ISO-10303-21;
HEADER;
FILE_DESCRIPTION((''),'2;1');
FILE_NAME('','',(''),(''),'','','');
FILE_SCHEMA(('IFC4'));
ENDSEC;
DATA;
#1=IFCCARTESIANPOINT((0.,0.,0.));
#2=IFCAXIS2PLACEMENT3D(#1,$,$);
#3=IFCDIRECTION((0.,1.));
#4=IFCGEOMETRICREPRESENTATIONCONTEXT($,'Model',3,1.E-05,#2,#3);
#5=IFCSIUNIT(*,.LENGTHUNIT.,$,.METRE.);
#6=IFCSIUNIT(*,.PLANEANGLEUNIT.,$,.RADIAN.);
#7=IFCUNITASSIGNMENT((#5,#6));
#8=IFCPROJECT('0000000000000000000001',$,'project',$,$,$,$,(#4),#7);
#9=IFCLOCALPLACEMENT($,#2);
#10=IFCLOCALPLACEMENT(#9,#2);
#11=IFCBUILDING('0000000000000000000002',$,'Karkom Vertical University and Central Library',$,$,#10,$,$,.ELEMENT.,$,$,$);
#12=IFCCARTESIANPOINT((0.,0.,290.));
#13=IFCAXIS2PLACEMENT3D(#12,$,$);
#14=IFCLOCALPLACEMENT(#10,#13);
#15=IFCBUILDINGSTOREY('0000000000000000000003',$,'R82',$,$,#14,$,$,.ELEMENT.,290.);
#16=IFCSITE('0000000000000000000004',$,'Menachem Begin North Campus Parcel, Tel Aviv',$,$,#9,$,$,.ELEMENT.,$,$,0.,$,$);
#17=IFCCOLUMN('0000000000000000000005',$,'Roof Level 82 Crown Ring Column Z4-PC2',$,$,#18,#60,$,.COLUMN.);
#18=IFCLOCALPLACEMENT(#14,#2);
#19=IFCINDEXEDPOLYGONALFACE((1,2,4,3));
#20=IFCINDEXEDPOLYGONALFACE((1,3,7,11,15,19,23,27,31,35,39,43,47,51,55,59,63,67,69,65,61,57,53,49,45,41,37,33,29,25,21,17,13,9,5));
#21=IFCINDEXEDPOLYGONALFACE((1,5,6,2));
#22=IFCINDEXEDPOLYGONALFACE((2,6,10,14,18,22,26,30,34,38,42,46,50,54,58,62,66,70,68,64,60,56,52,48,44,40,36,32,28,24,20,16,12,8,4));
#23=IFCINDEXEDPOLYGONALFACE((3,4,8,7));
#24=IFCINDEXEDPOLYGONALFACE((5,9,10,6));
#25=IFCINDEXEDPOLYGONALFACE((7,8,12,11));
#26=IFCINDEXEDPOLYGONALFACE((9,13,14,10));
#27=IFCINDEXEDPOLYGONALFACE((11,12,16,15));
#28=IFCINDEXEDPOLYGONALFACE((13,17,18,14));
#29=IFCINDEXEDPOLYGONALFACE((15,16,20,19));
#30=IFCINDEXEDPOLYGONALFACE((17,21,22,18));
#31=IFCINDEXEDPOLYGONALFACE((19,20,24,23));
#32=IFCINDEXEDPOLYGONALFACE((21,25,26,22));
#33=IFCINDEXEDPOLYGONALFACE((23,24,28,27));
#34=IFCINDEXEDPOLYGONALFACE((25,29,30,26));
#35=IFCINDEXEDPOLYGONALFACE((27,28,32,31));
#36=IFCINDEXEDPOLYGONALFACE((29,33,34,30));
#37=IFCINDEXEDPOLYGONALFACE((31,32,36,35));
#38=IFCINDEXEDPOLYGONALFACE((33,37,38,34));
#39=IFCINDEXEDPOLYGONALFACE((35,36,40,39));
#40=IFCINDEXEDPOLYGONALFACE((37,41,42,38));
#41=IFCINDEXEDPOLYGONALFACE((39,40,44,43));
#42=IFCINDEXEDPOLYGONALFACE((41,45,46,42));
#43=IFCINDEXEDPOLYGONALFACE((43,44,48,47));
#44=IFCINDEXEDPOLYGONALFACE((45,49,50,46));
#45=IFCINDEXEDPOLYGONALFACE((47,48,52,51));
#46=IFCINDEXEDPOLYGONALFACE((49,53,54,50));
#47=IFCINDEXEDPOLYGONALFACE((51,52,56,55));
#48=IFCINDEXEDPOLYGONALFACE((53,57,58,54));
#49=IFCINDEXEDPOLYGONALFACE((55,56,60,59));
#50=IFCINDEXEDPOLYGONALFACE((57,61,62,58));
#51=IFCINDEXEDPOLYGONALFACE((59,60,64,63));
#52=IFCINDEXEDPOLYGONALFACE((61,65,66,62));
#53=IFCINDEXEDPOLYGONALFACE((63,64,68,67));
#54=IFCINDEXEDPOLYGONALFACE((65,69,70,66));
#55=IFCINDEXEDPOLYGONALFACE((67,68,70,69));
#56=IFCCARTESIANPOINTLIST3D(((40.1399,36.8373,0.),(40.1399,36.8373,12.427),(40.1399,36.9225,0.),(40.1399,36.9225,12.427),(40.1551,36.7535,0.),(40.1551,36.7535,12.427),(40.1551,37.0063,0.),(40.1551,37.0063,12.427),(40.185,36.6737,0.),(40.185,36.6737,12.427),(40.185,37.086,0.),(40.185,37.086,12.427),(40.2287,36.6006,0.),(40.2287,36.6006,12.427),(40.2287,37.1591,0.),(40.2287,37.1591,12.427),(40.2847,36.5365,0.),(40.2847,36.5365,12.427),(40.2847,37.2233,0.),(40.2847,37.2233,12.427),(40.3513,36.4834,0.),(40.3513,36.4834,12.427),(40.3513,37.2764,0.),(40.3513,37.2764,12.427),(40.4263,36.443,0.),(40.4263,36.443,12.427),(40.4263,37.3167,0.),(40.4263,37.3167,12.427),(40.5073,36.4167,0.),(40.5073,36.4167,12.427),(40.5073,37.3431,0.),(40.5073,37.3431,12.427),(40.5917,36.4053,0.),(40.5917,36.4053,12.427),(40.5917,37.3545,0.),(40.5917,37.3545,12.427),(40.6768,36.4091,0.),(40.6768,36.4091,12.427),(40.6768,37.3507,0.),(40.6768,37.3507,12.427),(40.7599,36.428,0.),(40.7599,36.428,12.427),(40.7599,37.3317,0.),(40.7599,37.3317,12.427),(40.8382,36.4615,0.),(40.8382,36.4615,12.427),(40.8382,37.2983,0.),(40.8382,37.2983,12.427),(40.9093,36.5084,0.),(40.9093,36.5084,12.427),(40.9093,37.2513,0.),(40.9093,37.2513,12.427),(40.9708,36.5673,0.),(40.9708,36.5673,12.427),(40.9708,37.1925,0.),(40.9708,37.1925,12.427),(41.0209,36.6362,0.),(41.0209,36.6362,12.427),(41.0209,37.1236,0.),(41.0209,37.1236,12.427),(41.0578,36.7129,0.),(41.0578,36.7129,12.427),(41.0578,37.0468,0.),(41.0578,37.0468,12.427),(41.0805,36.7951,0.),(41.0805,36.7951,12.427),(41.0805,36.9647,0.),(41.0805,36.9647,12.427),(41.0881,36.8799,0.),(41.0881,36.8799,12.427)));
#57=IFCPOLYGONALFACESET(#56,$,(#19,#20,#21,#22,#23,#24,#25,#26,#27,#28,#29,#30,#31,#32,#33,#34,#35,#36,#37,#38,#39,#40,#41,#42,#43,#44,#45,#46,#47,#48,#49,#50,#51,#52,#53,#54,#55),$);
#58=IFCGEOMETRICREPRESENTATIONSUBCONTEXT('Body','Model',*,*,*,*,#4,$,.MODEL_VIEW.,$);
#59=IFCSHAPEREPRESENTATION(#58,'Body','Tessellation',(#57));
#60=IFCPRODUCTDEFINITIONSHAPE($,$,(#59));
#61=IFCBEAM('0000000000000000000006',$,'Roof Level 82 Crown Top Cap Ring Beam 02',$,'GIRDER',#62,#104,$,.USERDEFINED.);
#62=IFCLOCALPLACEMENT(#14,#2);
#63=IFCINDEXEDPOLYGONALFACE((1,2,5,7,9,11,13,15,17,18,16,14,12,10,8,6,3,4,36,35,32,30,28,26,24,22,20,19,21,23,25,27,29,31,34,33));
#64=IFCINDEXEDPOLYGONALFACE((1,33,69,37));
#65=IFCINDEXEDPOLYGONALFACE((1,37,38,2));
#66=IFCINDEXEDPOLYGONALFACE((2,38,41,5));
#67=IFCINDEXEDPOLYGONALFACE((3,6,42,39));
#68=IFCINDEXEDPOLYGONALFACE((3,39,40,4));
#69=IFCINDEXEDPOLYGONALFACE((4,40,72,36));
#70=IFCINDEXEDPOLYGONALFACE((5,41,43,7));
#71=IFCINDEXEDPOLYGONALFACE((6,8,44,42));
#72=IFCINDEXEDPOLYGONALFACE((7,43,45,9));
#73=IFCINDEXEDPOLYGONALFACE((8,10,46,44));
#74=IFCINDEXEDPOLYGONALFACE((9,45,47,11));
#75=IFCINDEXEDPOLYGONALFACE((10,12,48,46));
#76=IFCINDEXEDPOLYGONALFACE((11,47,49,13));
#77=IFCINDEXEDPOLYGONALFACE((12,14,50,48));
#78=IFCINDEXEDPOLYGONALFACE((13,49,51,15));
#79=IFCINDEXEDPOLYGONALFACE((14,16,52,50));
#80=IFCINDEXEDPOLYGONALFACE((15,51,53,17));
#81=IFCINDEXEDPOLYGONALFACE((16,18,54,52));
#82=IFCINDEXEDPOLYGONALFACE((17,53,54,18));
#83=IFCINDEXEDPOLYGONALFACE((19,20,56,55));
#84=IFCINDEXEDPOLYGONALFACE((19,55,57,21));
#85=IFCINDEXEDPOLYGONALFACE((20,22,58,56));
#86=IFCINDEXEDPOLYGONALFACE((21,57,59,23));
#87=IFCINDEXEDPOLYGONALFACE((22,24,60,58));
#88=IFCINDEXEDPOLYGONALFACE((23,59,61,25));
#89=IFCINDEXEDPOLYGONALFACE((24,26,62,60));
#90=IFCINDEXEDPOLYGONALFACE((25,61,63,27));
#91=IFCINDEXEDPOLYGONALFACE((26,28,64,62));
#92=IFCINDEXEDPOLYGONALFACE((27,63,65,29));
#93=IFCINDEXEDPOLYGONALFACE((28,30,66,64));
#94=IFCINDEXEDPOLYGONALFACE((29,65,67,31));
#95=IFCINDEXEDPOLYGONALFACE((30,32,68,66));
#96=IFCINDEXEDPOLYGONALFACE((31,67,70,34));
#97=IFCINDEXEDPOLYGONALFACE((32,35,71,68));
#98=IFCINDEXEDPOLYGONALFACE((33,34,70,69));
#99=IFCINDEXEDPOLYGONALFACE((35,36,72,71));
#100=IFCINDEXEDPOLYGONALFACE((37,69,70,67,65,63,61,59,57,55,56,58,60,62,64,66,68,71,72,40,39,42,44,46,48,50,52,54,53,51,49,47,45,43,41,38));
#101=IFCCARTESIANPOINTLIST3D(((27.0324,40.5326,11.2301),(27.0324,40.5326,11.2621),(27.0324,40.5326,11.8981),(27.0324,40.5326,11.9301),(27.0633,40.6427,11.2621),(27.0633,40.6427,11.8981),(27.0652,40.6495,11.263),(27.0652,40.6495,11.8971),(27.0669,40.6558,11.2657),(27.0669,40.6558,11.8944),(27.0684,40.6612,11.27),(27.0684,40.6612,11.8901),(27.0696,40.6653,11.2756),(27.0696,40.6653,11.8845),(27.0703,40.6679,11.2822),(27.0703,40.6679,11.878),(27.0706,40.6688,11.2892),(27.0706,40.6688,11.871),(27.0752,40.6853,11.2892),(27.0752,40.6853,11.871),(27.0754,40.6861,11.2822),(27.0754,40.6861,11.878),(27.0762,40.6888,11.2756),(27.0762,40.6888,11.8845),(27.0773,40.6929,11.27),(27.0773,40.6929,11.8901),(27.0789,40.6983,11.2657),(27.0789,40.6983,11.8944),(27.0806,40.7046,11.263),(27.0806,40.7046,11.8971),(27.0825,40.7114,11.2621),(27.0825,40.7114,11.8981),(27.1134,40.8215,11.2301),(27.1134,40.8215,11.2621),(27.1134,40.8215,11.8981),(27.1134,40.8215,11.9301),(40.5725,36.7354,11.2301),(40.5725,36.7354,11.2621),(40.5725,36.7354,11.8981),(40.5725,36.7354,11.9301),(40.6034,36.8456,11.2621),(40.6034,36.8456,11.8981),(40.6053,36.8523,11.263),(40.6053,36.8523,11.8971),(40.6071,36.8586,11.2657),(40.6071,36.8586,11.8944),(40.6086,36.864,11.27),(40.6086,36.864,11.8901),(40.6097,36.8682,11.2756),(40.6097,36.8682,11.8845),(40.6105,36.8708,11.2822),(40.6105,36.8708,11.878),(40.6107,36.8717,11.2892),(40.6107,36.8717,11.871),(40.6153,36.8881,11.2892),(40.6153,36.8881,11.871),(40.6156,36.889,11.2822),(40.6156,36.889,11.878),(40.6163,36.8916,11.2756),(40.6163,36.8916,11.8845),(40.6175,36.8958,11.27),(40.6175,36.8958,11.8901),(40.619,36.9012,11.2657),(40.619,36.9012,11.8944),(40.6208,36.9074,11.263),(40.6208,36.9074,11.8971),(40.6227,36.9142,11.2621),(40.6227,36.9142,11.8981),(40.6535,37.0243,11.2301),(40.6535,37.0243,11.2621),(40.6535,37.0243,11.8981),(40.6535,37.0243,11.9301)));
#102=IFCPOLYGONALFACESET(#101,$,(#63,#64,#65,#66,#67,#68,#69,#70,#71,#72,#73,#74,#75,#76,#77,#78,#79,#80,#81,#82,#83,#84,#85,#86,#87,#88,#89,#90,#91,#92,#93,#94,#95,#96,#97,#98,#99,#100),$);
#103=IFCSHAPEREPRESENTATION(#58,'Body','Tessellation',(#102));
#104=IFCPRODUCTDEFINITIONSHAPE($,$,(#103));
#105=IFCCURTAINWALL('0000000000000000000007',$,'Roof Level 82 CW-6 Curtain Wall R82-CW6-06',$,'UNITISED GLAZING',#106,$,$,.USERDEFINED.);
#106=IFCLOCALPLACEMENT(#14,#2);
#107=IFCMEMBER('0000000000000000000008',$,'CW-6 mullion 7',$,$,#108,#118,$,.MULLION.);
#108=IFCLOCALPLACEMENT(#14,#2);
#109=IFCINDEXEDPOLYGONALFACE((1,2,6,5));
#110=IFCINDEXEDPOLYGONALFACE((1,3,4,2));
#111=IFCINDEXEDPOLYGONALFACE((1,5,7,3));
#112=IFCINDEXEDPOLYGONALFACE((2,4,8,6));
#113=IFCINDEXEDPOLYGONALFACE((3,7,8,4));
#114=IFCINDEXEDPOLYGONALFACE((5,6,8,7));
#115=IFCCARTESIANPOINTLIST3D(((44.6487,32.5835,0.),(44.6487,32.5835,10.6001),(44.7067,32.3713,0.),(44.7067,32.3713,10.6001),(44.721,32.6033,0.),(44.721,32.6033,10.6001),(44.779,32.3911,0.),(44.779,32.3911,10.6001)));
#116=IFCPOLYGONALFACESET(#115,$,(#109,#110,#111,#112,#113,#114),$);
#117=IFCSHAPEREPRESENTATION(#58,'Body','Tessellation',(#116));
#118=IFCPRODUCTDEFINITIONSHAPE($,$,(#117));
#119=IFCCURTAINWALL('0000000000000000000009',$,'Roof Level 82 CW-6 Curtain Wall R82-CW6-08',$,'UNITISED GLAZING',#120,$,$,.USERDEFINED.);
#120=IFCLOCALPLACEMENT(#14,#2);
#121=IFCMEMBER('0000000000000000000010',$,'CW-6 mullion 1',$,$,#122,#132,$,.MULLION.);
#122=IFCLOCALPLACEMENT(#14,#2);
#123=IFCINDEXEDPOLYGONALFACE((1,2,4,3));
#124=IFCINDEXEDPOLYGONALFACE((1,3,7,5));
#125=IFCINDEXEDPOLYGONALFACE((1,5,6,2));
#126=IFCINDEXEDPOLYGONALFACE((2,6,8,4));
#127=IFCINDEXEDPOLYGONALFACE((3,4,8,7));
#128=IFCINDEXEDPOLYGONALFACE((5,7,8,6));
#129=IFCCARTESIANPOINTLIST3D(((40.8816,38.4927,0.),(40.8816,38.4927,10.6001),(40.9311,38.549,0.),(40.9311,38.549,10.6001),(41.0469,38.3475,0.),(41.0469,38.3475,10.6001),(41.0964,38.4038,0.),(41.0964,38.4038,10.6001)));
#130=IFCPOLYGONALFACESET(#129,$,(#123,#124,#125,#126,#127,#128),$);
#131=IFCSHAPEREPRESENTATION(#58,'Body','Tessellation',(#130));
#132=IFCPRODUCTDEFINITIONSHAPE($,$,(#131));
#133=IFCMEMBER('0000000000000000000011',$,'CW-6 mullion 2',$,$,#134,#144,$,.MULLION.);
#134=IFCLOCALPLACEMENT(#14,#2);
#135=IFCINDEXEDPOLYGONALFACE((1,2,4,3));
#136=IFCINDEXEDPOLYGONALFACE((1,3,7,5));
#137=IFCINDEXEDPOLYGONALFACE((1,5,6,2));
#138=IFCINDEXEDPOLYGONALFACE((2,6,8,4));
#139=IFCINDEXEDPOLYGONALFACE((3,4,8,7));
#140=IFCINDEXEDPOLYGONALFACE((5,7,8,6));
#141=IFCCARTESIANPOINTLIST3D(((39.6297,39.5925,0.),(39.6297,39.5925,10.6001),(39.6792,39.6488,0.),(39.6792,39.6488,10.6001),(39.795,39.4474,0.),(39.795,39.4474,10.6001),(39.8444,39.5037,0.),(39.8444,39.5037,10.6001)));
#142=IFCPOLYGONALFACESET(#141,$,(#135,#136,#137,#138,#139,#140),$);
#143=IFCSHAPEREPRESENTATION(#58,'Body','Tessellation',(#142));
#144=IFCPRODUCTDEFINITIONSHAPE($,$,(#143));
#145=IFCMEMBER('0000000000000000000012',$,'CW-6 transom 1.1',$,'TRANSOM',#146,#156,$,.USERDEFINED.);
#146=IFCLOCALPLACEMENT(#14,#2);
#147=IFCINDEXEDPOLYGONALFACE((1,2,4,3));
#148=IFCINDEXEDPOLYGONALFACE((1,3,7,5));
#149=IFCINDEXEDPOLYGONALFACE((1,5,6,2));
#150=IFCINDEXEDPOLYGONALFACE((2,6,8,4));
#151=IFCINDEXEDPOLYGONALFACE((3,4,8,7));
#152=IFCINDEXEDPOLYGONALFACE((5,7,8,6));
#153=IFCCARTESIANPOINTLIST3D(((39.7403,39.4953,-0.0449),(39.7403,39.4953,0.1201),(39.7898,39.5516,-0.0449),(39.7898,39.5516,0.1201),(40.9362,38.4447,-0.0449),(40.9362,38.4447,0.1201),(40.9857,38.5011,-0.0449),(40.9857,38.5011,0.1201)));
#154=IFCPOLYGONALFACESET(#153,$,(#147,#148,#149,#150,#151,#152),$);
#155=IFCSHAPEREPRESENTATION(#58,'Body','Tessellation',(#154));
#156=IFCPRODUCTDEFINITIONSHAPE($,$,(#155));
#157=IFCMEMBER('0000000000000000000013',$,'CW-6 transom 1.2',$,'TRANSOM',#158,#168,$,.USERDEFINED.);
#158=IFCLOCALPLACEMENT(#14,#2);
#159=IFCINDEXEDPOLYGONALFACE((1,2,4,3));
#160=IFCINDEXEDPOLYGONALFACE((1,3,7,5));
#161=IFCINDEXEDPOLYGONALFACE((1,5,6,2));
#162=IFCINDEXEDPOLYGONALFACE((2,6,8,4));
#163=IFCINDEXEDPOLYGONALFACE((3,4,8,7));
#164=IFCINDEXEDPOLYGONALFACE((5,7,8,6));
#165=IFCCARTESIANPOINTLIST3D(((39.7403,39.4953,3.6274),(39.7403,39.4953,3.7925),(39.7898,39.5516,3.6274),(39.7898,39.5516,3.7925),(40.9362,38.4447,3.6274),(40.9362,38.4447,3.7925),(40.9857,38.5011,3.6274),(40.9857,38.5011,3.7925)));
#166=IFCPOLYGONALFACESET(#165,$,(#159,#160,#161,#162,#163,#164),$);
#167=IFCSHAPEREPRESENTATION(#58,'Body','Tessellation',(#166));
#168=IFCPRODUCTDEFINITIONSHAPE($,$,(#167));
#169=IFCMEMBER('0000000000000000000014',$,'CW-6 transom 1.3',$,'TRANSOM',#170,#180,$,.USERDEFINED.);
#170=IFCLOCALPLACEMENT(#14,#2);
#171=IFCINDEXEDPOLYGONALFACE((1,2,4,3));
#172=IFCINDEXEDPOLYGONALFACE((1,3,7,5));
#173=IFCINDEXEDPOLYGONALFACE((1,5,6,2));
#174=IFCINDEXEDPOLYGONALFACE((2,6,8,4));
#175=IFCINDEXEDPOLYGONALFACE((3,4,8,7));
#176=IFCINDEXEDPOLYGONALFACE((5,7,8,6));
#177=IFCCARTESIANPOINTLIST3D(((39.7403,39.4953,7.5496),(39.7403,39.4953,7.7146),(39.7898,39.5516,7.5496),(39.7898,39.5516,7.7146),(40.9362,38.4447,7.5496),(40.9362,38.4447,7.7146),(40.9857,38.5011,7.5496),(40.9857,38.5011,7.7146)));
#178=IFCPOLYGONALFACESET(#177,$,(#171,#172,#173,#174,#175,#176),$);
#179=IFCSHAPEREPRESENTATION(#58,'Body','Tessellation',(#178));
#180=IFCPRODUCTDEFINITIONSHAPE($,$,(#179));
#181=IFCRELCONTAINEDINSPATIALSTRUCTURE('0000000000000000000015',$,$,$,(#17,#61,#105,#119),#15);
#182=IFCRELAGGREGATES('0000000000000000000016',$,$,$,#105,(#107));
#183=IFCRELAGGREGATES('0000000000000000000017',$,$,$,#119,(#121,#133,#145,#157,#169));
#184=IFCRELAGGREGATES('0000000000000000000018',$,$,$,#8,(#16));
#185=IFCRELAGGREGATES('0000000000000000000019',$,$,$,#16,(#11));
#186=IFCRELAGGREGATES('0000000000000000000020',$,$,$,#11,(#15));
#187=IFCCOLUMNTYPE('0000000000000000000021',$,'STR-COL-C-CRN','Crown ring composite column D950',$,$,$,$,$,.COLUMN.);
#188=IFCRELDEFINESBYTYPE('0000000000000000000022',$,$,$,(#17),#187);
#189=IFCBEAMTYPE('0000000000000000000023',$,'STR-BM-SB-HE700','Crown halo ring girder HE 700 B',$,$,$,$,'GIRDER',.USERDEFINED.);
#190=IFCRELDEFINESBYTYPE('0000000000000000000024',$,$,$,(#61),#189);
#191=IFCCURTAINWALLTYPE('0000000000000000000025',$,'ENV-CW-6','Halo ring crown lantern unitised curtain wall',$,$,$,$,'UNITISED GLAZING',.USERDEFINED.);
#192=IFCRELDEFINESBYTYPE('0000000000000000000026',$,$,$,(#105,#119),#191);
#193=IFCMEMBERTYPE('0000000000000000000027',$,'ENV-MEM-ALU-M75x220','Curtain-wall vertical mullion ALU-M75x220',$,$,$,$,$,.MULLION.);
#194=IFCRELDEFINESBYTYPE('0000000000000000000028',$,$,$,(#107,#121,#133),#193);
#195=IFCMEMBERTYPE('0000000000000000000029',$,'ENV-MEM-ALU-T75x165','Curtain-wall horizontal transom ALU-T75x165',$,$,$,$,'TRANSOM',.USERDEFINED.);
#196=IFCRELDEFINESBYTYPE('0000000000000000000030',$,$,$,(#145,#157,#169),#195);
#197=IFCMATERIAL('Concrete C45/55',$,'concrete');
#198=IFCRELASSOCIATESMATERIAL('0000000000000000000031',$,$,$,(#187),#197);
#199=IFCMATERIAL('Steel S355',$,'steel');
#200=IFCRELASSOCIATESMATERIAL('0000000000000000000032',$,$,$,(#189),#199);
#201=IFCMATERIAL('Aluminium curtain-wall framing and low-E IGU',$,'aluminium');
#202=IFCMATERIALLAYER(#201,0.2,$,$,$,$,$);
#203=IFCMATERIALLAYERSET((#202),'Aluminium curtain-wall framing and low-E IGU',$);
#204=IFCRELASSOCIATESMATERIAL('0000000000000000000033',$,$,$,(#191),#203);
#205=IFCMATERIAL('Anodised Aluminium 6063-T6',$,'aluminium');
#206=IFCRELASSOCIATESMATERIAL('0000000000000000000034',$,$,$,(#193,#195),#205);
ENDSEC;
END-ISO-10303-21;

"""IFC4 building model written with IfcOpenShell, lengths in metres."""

from ifc_helpers import new_model, si_unit, direction, frame, origin, origin_with_axes, origin_2d, place, context, subcontext, project, spatial, rectangle, circle, i_section, extrude, source, transform, mapped, material, layer, layer_set, material_profile, profile_set, type_object, element, aggregate, save


model = new_model("IFC4")

# Units and contexts
model_context = context("Model", 3, precision=1e-05, world=origin(), true_north=direction((0.0, 1.0)))
body_context = subcontext(model_context, "Body", "Model", "MODEL_VIEW")
ifc_project = project(units=[si_unit("LENGTHUNIT", "METRE"), si_unit("PLANEANGLEUNIT", "RADIAN")], contexts=[model_context])

# Site, building, storey
site_placement = place(None, origin())
site = spatial("IfcSite", under=ifc_project, at=site_placement, Name="Menachem Begin North Campus Parcel, Tel Aviv", CompositionType="ELEMENT", RefElevation=0.0)
building_placement = place(site_placement, origin())
building = spatial("IfcBuilding", under=site, at=building_placement, Name="Karkom Vertical University and Central Library", CompositionType="ELEMENT")
storey_placement = place(building_placement, frame((0.0, 0.0, 290.0)))
storey = spatial("IfcBuildingStorey", under=building, at=storey_placement, Name="R82", CompositionType="ELEMENT", Elevation=290.0)

# Column
ifc_material_1 = material(Name="Concrete C45/55", Category="concrete")
ifc_material_profile_1 = material_profile(ifc_material_1, circle(Radius=0.4751, at=origin_2d()), Name="CFT-D950")
ifc_profile_set_1 = profile_set([ifc_material_profile_1], Name="Concrete C45/55")
column_type = type_object("IfcColumnType", Name="STR-COL-C-CRN", Description="Crown ring composite column D950", PredefinedType="COLUMN", material=ifc_profile_set_1)
shared_shape_1 = source(origin_with_axes(), body_context, "Body", "SweptSolid", [
    extrude(circle(Radius=0.4751, at=origin_2d()), origin(), (0.0, 0.0, 1.0), 12.427),
])
column_placement = place(storey_placement, frame((40.613, 36.8799, 0.0), z_axis=(0.0, 0.0, 1.0), x_axis=(1.0, 0.0, 0.0)))
element("IfcColumn", 1, at=column_placement, inside=storey, type_object=column_type, Name="Roof Level 82 Crown Ring Column Z4-PC2", PredefinedType="COLUMN", context=body_context, shape_type="MappedRepresentation", body=[
    mapped(shared_shape_1, transform((0.0, 0.0, 0.0), scale=1.0)),
])

# Beam
ifc_material_2 = material(Name="Steel S355", Category="steel")
ifc_material_profile_2 = material_profile(ifc_material_2, i_section(OverallWidth=0.3, OverallDepth=0.7, WebThickness=0.0171, FlangeThickness=0.032, FilletRadius=0.0271, at=origin_2d()), Name="HE 700 B")
ifc_profile_set_2 = profile_set([ifc_material_profile_2], Name="Steel S355")
beam_type = type_object("IfcBeamType", Name="STR-BM-SB-HE700", Description="Crown halo ring girder HE 700 B", ElementType="GIRDER", PredefinedType="USERDEFINED", material=ifc_profile_set_2)
shared_shape_2 = source(origin_with_axes(), body_context, "Body", "SweptSolid", [
    extrude(i_section(OverallWidth=0.3, OverallDepth=0.7, WebThickness=0.0171, FlangeThickness=0.032, FilletRadius=0.0271, at=origin_2d()), origin(), (0.0, 0.0, 1.0), 14.0625),
])
beam_placement = place(storey_placement, frame((40.613, 36.8799, 11.5801), z_axis=(-0.962855, 0.27002, 0.0), x_axis=(-0.27002, -0.962855, 0.0)))
element("IfcBeam", 2, at=beam_placement, inside=storey, type_object=beam_type, Name="Roof Level 82 Crown Top Cap Ring Beam 02", ObjectType="GIRDER", PredefinedType="USERDEFINED", context=body_context, shape_type="MappedRepresentation", body=[
    mapped(shared_shape_2, transform((0.0, 0.0, 0.0), scale=1.0)),
])

# Curtain wall, member
ifc_material_3 = material(Name="Aluminium curtain-wall framing and low-E IGU", Category="aluminium")
ifc_layer_1 = layer(ifc_material_3, 0.2)
ifc_layer_set_1 = layer_set([ifc_layer_1], Name="Aluminium curtain-wall framing and low-E IGU")
curtain_wall_type = type_object("IfcCurtainWallType", Name="ENV-CW-6", Description="Halo ring crown lantern unitised curtain wall", ElementType="UNITISED GLAZING", PredefinedType="USERDEFINED", material=ifc_layer_set_1)
curtain_wall_1_placement = place(storey_placement, origin())
curtain_wall_1 = element("IfcCurtainWall", 3, at=curtain_wall_1_placement, inside=storey, type_object=curtain_wall_type, Name="Roof Level 82 CW-6 Curtain Wall R82-CW6-06", ObjectType="UNITISED GLAZING", PredefinedType="USERDEFINED")
ifc_material_4 = material(Name="Anodised Aluminium 6063-T6", Category="aluminium")
ifc_material_profile_3 = material_profile(ifc_material_4, rectangle(XDim=0.075, YDim=0.22, at=origin_2d()), Name="ALU-M75x220")
ifc_profile_set_3 = profile_set([ifc_material_profile_3], Name="Anodised Aluminium 6063-T6")
member_type_1 = type_object("IfcMemberType", Name="ENV-MEM-ALU-M75x220", Description="Curtain-wall vertical mullion ALU-M75x220", PredefinedType="MULLION", material=ifc_profile_set_3)
shared_shape_3 = source(origin_with_axes(), body_context, "Body", "SweptSolid", [
    extrude(rectangle(XDim=0.075, YDim=0.22, at=origin_2d()), origin(), (0.0, 0.0, 1.0), 10.6001),
])
member_1_placement = place(storey_placement, frame((44.7139, 32.4873, 0.0), z_axis=(0.0, 0.0, 1.0), x_axis=(-0.96458, -0.263791, 0.0)))
member_1 = element("IfcMember", 4, at=member_1_placement, type_object=member_type_1, Name="CW-6 mullion 7", PredefinedType="MULLION", context=body_context, shape_type="MappedRepresentation", body=[
    mapped(shared_shape_3, transform((0.0, 0.0, 0.0), scale=1.0)),
])

# Curtain wall, members
curtain_wall_2_placement = place(storey_placement, origin())
curtain_wall_2 = element("IfcCurtainWall", 5, at=curtain_wall_2_placement, inside=storey, type_object=curtain_wall_type, Name="Roof Level 82 CW-6 Curtain Wall R82-CW6-08", ObjectType="UNITISED GLAZING", PredefinedType="USERDEFINED")
member_2_placement = place(storey_placement, frame((40.989, 38.4482, 0.0), z_axis=(0.0, 0.0, 1.0), x_axis=(-0.659936, -0.751322, 0.0)))
member_2 = element("IfcMember", 6, at=member_2_placement, type_object=member_type_1, Name="CW-6 mullion 1", PredefinedType="MULLION", context=body_context, shape_type="MappedRepresentation", body=[
    mapped(shared_shape_3, transform((0.0, 0.0, 0.0), scale=1.0)),
])
member_3_placement = place(storey_placement, frame((39.7371, 39.5481, 0.0), z_axis=(0.0, 0.0, 1.0), x_axis=(-0.659936, -0.751322, 0.0)))
member_3 = element("IfcMember", 7, at=member_3_placement, type_object=member_type_1, Name="CW-6 mullion 2", PredefinedType="MULLION", context=body_context, shape_type="MappedRepresentation", body=[
    mapped(shared_shape_3, transform((0.0, 0.0, 0.0), scale=1.0)),
])
ifc_material_profile_4 = material_profile(ifc_material_4, rectangle(XDim=0.075, YDim=0.165, at=origin_2d()), Name="ALU-T75x165")
ifc_profile_set_4 = profile_set([ifc_material_profile_4], Name="Anodised Aluminium 6063-T6")
member_type_2 = type_object("IfcMemberType", Name="ENV-MEM-ALU-T75x165", Description="Curtain-wall horizontal transom ALU-T75x165", ElementType="TRANSOM", PredefinedType="USERDEFINED", material=ifc_profile_set_4)
shared_shape_4 = source(origin_with_axes(), body_context, "Body", "SweptSolid", [
    extrude(rectangle(XDim=0.075, YDim=0.165, at=origin_2d()), origin(), (0.0, 0.0, 1.0), 1.5918),
])
member_4_placement = place(storey_placement, frame((40.9609, 38.4729, 0.0376), z_axis=(-0.751264, 0.660002, 0.0), x_axis=(-0.660002, -0.751264, 0.0)))
member_4 = element("IfcMember", 8, at=member_4_placement, type_object=member_type_2, Name="CW-6 transom 1.1", ObjectType="TRANSOM", PredefinedType="USERDEFINED", context=body_context, shape_type="MappedRepresentation", body=[
    mapped(shared_shape_4, transform((0.0, 0.0, 0.0), scale=1.0)),
])
member_5_placement = place(storey_placement, frame((40.9609, 38.4729, 3.71), z_axis=(-0.751264, 0.660002, 0.0), x_axis=(-0.660002, -0.751264, 0.0)))
member_5 = element("IfcMember", 9, at=member_5_placement, type_object=member_type_2, Name="CW-6 transom 1.2", ObjectType="TRANSOM", PredefinedType="USERDEFINED", context=body_context, shape_type="MappedRepresentation", body=[
    mapped(shared_shape_4, transform((0.0, 0.0, 0.0), scale=1.0)),
])
member_6_placement = place(storey_placement, frame((40.9609, 38.4729, 7.6321), z_axis=(-0.751264, 0.660002, 0.0), x_axis=(-0.660002, -0.751264, 0.0)))
member_6 = element("IfcMember", 10, at=member_6_placement, type_object=member_type_2, Name="CW-6 transom 1.3", ObjectType="TRANSOM", PredefinedType="USERDEFINED", context=body_context, shape_type="MappedRepresentation", body=[
    mapped(shared_shape_4, transform((0.0, 0.0, 0.0), scale=1.0)),
])

aggregate(curtain_wall_1, [member_1])
aggregate(curtain_wall_2, [member_2, member_3, member_4, member_5, member_6])

save(model, "model.ifc")
